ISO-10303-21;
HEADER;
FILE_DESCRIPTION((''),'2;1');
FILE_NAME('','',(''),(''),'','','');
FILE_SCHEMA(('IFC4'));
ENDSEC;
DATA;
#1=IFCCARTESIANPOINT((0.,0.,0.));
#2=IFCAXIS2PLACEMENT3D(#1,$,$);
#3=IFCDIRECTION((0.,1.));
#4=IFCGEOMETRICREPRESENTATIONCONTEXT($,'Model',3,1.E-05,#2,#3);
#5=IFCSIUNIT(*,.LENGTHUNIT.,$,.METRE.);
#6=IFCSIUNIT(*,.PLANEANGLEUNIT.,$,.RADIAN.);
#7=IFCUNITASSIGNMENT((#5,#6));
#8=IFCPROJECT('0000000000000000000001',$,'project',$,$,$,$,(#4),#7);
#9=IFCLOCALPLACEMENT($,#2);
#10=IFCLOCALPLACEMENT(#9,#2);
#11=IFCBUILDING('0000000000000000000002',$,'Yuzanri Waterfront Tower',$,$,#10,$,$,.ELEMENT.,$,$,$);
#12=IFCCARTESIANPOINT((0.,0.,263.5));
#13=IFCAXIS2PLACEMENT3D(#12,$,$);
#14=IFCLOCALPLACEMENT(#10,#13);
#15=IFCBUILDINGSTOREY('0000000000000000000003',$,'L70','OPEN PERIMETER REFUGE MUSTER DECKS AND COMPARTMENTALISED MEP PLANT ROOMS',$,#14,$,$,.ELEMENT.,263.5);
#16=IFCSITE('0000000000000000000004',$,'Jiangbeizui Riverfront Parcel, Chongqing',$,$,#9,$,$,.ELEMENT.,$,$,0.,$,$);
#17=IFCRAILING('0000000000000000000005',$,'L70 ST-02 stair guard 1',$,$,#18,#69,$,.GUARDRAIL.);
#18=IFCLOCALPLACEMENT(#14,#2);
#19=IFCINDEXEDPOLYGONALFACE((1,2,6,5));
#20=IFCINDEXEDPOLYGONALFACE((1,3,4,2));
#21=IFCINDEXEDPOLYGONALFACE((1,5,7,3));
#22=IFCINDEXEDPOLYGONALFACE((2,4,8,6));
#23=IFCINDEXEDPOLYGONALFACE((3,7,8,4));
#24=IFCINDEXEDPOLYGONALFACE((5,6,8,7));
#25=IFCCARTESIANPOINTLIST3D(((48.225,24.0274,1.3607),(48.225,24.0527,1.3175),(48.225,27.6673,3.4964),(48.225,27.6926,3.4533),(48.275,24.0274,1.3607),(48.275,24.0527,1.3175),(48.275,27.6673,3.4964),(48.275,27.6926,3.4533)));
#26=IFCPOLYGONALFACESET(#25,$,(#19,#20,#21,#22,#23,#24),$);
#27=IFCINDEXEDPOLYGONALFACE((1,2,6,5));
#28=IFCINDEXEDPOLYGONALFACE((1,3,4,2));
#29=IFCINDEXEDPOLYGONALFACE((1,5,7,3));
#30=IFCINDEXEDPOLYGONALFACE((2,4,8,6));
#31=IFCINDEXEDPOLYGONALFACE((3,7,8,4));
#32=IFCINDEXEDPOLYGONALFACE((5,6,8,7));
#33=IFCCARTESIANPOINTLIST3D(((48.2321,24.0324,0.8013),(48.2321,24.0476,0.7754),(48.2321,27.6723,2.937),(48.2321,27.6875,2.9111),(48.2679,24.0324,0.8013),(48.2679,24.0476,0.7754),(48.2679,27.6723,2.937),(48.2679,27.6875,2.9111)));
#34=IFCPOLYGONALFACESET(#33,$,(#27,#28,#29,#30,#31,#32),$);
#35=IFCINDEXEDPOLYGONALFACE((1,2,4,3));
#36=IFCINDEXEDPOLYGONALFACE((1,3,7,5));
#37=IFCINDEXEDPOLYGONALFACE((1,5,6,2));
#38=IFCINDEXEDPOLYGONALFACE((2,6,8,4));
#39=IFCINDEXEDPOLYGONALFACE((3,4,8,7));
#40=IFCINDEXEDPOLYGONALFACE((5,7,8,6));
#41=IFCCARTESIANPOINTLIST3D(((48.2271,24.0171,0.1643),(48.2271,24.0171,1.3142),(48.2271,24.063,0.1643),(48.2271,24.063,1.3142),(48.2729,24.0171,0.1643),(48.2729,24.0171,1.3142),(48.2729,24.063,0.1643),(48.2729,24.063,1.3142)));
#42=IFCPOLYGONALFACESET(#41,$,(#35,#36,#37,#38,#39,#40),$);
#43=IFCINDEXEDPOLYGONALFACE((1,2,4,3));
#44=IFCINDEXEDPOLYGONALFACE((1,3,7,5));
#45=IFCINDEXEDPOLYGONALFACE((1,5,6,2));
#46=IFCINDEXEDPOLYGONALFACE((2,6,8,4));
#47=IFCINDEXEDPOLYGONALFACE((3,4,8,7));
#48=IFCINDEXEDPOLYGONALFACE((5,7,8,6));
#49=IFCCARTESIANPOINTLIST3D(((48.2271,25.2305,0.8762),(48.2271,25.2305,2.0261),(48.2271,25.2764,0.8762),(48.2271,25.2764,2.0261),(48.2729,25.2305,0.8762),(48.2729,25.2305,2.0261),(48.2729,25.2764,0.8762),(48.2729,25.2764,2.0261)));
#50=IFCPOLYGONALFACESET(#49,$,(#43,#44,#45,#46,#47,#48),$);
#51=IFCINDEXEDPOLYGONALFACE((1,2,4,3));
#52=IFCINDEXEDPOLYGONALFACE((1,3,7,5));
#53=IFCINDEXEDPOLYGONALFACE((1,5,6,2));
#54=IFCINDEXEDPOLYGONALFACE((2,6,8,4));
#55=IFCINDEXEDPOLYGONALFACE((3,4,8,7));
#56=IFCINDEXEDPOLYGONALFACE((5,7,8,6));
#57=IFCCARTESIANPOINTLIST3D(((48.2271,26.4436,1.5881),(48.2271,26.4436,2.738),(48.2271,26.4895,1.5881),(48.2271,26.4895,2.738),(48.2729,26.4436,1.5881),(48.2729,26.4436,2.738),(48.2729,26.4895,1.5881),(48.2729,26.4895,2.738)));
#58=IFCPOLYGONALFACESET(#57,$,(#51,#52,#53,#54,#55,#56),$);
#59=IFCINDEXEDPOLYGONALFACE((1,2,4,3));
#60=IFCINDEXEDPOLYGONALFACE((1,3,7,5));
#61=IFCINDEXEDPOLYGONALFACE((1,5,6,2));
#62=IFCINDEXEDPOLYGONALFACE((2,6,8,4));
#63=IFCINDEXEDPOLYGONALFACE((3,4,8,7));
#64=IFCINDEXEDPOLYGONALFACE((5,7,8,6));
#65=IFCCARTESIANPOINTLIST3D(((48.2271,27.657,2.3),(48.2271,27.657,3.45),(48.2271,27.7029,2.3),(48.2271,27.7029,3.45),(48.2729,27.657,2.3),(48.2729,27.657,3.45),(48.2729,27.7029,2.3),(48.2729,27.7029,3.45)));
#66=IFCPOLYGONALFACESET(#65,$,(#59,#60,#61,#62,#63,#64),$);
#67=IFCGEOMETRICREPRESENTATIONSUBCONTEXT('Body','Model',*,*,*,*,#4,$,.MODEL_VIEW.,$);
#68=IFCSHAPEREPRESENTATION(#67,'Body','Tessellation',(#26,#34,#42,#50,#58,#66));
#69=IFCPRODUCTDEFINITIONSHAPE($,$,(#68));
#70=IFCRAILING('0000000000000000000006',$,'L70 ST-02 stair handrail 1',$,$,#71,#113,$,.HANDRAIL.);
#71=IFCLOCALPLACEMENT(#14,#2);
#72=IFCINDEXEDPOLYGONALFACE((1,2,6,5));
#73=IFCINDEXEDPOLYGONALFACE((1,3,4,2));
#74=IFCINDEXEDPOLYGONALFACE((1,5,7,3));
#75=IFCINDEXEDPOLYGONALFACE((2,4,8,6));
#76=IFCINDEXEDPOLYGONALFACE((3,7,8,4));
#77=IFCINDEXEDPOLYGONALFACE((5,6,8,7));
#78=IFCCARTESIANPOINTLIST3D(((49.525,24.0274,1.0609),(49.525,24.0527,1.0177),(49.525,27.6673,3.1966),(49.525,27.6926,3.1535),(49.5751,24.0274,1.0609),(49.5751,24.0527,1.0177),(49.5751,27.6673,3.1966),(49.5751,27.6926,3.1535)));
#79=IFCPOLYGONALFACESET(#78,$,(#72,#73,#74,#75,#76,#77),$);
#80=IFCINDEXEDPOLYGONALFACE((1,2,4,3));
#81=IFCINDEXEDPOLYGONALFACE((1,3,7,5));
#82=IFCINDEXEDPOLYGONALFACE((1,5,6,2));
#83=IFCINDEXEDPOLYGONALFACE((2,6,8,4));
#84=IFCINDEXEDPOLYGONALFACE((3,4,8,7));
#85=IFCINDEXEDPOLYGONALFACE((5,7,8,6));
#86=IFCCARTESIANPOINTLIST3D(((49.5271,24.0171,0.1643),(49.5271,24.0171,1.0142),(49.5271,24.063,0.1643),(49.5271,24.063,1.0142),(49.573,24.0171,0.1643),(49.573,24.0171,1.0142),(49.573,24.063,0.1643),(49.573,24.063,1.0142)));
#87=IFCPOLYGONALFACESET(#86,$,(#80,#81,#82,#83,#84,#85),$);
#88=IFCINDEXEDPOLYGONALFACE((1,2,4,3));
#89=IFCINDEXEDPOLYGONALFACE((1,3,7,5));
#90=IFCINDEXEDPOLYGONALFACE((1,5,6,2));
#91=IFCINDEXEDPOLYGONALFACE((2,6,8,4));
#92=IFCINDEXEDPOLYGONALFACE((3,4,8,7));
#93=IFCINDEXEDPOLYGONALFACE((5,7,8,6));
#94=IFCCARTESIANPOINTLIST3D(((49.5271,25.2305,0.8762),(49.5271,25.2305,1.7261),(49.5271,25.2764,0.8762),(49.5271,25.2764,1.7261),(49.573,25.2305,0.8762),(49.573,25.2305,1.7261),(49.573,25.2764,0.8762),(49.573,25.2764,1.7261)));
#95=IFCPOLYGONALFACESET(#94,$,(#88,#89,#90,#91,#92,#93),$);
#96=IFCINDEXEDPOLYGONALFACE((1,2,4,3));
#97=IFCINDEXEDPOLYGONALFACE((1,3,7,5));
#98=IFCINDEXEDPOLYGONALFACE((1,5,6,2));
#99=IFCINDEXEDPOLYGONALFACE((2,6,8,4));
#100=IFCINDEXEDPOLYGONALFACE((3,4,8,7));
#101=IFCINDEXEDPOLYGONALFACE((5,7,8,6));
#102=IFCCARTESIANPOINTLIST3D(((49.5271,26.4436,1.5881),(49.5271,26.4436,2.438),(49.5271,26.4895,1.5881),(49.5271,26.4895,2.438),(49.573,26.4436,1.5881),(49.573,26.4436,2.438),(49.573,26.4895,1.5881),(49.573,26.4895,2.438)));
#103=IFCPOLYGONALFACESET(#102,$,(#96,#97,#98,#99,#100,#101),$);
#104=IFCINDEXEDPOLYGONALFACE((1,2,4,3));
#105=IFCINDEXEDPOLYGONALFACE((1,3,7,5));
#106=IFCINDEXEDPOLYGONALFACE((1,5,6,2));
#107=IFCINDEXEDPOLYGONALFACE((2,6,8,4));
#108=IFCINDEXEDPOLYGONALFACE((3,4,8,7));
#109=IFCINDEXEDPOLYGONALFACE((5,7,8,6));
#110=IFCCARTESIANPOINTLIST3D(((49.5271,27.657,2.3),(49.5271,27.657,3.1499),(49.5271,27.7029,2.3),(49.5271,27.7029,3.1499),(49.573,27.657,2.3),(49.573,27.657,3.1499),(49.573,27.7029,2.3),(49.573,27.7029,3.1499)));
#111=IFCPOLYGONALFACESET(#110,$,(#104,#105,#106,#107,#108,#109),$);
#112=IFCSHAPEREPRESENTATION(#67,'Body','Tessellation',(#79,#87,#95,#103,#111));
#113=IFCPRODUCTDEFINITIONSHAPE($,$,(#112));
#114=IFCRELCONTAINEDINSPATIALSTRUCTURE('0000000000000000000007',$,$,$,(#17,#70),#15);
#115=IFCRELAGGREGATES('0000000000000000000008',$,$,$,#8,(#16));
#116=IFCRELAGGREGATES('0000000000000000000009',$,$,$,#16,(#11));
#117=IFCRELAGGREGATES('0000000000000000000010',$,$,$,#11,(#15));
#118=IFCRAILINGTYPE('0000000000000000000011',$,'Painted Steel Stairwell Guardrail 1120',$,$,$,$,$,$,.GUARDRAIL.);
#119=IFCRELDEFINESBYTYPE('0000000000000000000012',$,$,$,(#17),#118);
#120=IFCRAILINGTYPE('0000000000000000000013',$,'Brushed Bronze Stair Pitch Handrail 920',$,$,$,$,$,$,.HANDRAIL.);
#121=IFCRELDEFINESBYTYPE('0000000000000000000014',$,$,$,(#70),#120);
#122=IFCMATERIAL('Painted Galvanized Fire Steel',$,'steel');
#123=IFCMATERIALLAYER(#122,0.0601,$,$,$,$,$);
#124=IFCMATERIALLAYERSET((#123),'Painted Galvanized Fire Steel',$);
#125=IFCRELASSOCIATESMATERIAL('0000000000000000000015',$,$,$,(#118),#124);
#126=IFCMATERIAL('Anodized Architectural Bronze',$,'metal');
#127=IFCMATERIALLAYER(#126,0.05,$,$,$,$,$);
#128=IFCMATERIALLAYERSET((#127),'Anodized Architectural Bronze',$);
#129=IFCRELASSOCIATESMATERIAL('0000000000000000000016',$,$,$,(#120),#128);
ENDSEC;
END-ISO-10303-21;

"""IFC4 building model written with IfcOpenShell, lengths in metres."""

from ifc_helpers import new_model, si_unit, direction, frame, origin, origin_2d, place, context, subcontext, project, spatial, rectangle, extrude, source, transform, mapped, material, layer, layer_set, type_object, element, save


model = new_model("IFC4")

# Units and contexts
model_context = context("Model", 3, precision=1e-05, world=origin(), true_north=direction((0.0, 1.0)))
body_context = subcontext(model_context, "Body", "Model", "MODEL_VIEW")
ifc_project = project(units=[si_unit("LENGTHUNIT", "METRE"), si_unit("PLANEANGLEUNIT", "RADIAN")], contexts=[model_context])

# Site, building, storey
site_placement = place(None, origin())
site = spatial("IfcSite", under=ifc_project, at=site_placement, Name="Jiangbeizui Riverfront Parcel, Chongqing", CompositionType="ELEMENT", RefElevation=0.0)
building_placement = place(site_placement, origin())
building = spatial("IfcBuilding", under=site, at=building_placement, Name="Yuzanri Waterfront Tower", CompositionType="ELEMENT")
storey_placement = place(building_placement, frame((0.0, 0.0, 263.5)))
storey = spatial("IfcBuildingStorey", under=building, at=storey_placement, Name="L70", Description="OPEN PERIMETER REFUGE MUSTER DECKS AND COMPARTMENTALISED MEP PLANT ROOMS", CompositionType="ELEMENT", Elevation=263.5)

# Railings
ifc_material_1 = material(Name="Painted Galvanized Fire Steel", Category="steel")
ifc_layer_1 = layer(ifc_material_1, 0.0601)
ifc_layer_set_1 = layer_set([ifc_layer_1], Name="Painted Galvanized Fire Steel")
railing_type_1 = type_object("IfcRailingType", Name="Painted Steel Stairwell Guardrail 1120", PredefinedType="GUARDRAIL", material=ifc_layer_set_1)
shared_shape_1 = source(origin(), body_context, "Body", "SweptSolid", [
    extrude(rectangle(XDim=0.05, YDim=0.05, at=origin_2d()), frame((0.0, 0.0, 1.1748), z_axis=(0.0, 0.86249, 0.506074), x_axis=(-1.0, 0.0, 0.0)), (0.0, 0.0, 1.0), 4.2202),
    extrude(rectangle(XDim=0.0359, YDim=0.03, at=origin_2d()), frame((0.0, 0.0, 0.624), z_axis=(0.0, 0.86249, 0.506074), x_axis=(-1.0, 0.0, 0.0)), (0.0, 0.0, 1.0), 4.2202),
    extrude(rectangle(XDim=0.0459, YDim=0.0459, at=origin_2d()), origin(), (0.0, 0.0, 1.0), 1.1499),
    extrude(rectangle(XDim=0.0459, YDim=0.0459, at=origin_2d()), frame((0.0, 1.2134, 0.7119)), (0.0, 0.0, 1.0), 1.1499),
    extrude(rectangle(XDim=0.0459, YDim=0.0459, at=origin_2d()), frame((0.0, 2.4265, 1.4238)), (0.0, 0.0, 1.0), 1.1499),
    extrude(rectangle(XDim=0.0459, YDim=0.0459, at=origin_2d()), frame((0.0, 3.6399, 2.1357)), (0.0, 0.0, 1.0), 1.1499),
])
railing_1_placement = place(storey_placement, frame((48.25, 24.04, 0.1643)))
element("IfcRailing", 1, at=railing_1_placement, inside=storey, type_object=railing_type_1, Name="L70 ST-02 stair guard 1", PredefinedType="GUARDRAIL", context=body_context, shape_type="MappedRepresentation", body=[
    mapped(shared_shape_1, transform((0.0, 0.0, 0.0), scale=1.0)),
])
ifc_material_2 = material(Name="Anodized Architectural Bronze", Category="metal")
ifc_layer_2 = layer(ifc_material_2, 0.05)
ifc_layer_set_2 = layer_set([ifc_layer_2], Name="Anodized Architectural Bronze")
railing_type_2 = type_object("IfcRailingType", Name="Brushed Bronze Stair Pitch Handrail 920", PredefinedType="HANDRAIL", material=ifc_layer_set_2)
shared_shape_2 = source(origin(), body_context, "Body", "SweptSolid", [
    extrude(rectangle(XDim=0.05, YDim=0.05, at=origin_2d()), frame((0.0, 0.0, 0.875), z_axis=(0.0, 0.86249, 0.506074), x_axis=(-1.0, 0.0, 0.0)), (0.0, 0.0, 1.0), 4.2202),
    extrude(rectangle(XDim=0.0459, YDim=0.0459, at=origin_2d()), origin(), (0.0, 0.0, 1.0), 0.8499),
    extrude(rectangle(XDim=0.0459, YDim=0.0459, at=origin_2d()), frame((0.0, 1.2134, 0.7119)), (0.0, 0.0, 1.0), 0.8499),
    extrude(rectangle(XDim=0.0459, YDim=0.0459, at=origin_2d()), frame((0.0, 2.4265, 1.4238)), (0.0, 0.0, 1.0), 0.8499),
    extrude(rectangle(XDim=0.0459, YDim=0.0459, at=origin_2d()), frame((0.0, 3.6399, 2.1357)), (0.0, 0.0, 1.0), 0.8499),
])
railing_2_placement = place(storey_placement, frame((49.55, 24.04, 0.1643)))
element("IfcRailing", 2, at=railing_2_placement, inside=storey, type_object=railing_type_2, Name="L70 ST-02 stair handrail 1", PredefinedType="HANDRAIL", context=body_context, shape_type="MappedRepresentation", body=[
    mapped(shared_shape_2, transform((0.0, 0.0, 0.0), scale=1.0)),
])

save(model, "model.ifc")
